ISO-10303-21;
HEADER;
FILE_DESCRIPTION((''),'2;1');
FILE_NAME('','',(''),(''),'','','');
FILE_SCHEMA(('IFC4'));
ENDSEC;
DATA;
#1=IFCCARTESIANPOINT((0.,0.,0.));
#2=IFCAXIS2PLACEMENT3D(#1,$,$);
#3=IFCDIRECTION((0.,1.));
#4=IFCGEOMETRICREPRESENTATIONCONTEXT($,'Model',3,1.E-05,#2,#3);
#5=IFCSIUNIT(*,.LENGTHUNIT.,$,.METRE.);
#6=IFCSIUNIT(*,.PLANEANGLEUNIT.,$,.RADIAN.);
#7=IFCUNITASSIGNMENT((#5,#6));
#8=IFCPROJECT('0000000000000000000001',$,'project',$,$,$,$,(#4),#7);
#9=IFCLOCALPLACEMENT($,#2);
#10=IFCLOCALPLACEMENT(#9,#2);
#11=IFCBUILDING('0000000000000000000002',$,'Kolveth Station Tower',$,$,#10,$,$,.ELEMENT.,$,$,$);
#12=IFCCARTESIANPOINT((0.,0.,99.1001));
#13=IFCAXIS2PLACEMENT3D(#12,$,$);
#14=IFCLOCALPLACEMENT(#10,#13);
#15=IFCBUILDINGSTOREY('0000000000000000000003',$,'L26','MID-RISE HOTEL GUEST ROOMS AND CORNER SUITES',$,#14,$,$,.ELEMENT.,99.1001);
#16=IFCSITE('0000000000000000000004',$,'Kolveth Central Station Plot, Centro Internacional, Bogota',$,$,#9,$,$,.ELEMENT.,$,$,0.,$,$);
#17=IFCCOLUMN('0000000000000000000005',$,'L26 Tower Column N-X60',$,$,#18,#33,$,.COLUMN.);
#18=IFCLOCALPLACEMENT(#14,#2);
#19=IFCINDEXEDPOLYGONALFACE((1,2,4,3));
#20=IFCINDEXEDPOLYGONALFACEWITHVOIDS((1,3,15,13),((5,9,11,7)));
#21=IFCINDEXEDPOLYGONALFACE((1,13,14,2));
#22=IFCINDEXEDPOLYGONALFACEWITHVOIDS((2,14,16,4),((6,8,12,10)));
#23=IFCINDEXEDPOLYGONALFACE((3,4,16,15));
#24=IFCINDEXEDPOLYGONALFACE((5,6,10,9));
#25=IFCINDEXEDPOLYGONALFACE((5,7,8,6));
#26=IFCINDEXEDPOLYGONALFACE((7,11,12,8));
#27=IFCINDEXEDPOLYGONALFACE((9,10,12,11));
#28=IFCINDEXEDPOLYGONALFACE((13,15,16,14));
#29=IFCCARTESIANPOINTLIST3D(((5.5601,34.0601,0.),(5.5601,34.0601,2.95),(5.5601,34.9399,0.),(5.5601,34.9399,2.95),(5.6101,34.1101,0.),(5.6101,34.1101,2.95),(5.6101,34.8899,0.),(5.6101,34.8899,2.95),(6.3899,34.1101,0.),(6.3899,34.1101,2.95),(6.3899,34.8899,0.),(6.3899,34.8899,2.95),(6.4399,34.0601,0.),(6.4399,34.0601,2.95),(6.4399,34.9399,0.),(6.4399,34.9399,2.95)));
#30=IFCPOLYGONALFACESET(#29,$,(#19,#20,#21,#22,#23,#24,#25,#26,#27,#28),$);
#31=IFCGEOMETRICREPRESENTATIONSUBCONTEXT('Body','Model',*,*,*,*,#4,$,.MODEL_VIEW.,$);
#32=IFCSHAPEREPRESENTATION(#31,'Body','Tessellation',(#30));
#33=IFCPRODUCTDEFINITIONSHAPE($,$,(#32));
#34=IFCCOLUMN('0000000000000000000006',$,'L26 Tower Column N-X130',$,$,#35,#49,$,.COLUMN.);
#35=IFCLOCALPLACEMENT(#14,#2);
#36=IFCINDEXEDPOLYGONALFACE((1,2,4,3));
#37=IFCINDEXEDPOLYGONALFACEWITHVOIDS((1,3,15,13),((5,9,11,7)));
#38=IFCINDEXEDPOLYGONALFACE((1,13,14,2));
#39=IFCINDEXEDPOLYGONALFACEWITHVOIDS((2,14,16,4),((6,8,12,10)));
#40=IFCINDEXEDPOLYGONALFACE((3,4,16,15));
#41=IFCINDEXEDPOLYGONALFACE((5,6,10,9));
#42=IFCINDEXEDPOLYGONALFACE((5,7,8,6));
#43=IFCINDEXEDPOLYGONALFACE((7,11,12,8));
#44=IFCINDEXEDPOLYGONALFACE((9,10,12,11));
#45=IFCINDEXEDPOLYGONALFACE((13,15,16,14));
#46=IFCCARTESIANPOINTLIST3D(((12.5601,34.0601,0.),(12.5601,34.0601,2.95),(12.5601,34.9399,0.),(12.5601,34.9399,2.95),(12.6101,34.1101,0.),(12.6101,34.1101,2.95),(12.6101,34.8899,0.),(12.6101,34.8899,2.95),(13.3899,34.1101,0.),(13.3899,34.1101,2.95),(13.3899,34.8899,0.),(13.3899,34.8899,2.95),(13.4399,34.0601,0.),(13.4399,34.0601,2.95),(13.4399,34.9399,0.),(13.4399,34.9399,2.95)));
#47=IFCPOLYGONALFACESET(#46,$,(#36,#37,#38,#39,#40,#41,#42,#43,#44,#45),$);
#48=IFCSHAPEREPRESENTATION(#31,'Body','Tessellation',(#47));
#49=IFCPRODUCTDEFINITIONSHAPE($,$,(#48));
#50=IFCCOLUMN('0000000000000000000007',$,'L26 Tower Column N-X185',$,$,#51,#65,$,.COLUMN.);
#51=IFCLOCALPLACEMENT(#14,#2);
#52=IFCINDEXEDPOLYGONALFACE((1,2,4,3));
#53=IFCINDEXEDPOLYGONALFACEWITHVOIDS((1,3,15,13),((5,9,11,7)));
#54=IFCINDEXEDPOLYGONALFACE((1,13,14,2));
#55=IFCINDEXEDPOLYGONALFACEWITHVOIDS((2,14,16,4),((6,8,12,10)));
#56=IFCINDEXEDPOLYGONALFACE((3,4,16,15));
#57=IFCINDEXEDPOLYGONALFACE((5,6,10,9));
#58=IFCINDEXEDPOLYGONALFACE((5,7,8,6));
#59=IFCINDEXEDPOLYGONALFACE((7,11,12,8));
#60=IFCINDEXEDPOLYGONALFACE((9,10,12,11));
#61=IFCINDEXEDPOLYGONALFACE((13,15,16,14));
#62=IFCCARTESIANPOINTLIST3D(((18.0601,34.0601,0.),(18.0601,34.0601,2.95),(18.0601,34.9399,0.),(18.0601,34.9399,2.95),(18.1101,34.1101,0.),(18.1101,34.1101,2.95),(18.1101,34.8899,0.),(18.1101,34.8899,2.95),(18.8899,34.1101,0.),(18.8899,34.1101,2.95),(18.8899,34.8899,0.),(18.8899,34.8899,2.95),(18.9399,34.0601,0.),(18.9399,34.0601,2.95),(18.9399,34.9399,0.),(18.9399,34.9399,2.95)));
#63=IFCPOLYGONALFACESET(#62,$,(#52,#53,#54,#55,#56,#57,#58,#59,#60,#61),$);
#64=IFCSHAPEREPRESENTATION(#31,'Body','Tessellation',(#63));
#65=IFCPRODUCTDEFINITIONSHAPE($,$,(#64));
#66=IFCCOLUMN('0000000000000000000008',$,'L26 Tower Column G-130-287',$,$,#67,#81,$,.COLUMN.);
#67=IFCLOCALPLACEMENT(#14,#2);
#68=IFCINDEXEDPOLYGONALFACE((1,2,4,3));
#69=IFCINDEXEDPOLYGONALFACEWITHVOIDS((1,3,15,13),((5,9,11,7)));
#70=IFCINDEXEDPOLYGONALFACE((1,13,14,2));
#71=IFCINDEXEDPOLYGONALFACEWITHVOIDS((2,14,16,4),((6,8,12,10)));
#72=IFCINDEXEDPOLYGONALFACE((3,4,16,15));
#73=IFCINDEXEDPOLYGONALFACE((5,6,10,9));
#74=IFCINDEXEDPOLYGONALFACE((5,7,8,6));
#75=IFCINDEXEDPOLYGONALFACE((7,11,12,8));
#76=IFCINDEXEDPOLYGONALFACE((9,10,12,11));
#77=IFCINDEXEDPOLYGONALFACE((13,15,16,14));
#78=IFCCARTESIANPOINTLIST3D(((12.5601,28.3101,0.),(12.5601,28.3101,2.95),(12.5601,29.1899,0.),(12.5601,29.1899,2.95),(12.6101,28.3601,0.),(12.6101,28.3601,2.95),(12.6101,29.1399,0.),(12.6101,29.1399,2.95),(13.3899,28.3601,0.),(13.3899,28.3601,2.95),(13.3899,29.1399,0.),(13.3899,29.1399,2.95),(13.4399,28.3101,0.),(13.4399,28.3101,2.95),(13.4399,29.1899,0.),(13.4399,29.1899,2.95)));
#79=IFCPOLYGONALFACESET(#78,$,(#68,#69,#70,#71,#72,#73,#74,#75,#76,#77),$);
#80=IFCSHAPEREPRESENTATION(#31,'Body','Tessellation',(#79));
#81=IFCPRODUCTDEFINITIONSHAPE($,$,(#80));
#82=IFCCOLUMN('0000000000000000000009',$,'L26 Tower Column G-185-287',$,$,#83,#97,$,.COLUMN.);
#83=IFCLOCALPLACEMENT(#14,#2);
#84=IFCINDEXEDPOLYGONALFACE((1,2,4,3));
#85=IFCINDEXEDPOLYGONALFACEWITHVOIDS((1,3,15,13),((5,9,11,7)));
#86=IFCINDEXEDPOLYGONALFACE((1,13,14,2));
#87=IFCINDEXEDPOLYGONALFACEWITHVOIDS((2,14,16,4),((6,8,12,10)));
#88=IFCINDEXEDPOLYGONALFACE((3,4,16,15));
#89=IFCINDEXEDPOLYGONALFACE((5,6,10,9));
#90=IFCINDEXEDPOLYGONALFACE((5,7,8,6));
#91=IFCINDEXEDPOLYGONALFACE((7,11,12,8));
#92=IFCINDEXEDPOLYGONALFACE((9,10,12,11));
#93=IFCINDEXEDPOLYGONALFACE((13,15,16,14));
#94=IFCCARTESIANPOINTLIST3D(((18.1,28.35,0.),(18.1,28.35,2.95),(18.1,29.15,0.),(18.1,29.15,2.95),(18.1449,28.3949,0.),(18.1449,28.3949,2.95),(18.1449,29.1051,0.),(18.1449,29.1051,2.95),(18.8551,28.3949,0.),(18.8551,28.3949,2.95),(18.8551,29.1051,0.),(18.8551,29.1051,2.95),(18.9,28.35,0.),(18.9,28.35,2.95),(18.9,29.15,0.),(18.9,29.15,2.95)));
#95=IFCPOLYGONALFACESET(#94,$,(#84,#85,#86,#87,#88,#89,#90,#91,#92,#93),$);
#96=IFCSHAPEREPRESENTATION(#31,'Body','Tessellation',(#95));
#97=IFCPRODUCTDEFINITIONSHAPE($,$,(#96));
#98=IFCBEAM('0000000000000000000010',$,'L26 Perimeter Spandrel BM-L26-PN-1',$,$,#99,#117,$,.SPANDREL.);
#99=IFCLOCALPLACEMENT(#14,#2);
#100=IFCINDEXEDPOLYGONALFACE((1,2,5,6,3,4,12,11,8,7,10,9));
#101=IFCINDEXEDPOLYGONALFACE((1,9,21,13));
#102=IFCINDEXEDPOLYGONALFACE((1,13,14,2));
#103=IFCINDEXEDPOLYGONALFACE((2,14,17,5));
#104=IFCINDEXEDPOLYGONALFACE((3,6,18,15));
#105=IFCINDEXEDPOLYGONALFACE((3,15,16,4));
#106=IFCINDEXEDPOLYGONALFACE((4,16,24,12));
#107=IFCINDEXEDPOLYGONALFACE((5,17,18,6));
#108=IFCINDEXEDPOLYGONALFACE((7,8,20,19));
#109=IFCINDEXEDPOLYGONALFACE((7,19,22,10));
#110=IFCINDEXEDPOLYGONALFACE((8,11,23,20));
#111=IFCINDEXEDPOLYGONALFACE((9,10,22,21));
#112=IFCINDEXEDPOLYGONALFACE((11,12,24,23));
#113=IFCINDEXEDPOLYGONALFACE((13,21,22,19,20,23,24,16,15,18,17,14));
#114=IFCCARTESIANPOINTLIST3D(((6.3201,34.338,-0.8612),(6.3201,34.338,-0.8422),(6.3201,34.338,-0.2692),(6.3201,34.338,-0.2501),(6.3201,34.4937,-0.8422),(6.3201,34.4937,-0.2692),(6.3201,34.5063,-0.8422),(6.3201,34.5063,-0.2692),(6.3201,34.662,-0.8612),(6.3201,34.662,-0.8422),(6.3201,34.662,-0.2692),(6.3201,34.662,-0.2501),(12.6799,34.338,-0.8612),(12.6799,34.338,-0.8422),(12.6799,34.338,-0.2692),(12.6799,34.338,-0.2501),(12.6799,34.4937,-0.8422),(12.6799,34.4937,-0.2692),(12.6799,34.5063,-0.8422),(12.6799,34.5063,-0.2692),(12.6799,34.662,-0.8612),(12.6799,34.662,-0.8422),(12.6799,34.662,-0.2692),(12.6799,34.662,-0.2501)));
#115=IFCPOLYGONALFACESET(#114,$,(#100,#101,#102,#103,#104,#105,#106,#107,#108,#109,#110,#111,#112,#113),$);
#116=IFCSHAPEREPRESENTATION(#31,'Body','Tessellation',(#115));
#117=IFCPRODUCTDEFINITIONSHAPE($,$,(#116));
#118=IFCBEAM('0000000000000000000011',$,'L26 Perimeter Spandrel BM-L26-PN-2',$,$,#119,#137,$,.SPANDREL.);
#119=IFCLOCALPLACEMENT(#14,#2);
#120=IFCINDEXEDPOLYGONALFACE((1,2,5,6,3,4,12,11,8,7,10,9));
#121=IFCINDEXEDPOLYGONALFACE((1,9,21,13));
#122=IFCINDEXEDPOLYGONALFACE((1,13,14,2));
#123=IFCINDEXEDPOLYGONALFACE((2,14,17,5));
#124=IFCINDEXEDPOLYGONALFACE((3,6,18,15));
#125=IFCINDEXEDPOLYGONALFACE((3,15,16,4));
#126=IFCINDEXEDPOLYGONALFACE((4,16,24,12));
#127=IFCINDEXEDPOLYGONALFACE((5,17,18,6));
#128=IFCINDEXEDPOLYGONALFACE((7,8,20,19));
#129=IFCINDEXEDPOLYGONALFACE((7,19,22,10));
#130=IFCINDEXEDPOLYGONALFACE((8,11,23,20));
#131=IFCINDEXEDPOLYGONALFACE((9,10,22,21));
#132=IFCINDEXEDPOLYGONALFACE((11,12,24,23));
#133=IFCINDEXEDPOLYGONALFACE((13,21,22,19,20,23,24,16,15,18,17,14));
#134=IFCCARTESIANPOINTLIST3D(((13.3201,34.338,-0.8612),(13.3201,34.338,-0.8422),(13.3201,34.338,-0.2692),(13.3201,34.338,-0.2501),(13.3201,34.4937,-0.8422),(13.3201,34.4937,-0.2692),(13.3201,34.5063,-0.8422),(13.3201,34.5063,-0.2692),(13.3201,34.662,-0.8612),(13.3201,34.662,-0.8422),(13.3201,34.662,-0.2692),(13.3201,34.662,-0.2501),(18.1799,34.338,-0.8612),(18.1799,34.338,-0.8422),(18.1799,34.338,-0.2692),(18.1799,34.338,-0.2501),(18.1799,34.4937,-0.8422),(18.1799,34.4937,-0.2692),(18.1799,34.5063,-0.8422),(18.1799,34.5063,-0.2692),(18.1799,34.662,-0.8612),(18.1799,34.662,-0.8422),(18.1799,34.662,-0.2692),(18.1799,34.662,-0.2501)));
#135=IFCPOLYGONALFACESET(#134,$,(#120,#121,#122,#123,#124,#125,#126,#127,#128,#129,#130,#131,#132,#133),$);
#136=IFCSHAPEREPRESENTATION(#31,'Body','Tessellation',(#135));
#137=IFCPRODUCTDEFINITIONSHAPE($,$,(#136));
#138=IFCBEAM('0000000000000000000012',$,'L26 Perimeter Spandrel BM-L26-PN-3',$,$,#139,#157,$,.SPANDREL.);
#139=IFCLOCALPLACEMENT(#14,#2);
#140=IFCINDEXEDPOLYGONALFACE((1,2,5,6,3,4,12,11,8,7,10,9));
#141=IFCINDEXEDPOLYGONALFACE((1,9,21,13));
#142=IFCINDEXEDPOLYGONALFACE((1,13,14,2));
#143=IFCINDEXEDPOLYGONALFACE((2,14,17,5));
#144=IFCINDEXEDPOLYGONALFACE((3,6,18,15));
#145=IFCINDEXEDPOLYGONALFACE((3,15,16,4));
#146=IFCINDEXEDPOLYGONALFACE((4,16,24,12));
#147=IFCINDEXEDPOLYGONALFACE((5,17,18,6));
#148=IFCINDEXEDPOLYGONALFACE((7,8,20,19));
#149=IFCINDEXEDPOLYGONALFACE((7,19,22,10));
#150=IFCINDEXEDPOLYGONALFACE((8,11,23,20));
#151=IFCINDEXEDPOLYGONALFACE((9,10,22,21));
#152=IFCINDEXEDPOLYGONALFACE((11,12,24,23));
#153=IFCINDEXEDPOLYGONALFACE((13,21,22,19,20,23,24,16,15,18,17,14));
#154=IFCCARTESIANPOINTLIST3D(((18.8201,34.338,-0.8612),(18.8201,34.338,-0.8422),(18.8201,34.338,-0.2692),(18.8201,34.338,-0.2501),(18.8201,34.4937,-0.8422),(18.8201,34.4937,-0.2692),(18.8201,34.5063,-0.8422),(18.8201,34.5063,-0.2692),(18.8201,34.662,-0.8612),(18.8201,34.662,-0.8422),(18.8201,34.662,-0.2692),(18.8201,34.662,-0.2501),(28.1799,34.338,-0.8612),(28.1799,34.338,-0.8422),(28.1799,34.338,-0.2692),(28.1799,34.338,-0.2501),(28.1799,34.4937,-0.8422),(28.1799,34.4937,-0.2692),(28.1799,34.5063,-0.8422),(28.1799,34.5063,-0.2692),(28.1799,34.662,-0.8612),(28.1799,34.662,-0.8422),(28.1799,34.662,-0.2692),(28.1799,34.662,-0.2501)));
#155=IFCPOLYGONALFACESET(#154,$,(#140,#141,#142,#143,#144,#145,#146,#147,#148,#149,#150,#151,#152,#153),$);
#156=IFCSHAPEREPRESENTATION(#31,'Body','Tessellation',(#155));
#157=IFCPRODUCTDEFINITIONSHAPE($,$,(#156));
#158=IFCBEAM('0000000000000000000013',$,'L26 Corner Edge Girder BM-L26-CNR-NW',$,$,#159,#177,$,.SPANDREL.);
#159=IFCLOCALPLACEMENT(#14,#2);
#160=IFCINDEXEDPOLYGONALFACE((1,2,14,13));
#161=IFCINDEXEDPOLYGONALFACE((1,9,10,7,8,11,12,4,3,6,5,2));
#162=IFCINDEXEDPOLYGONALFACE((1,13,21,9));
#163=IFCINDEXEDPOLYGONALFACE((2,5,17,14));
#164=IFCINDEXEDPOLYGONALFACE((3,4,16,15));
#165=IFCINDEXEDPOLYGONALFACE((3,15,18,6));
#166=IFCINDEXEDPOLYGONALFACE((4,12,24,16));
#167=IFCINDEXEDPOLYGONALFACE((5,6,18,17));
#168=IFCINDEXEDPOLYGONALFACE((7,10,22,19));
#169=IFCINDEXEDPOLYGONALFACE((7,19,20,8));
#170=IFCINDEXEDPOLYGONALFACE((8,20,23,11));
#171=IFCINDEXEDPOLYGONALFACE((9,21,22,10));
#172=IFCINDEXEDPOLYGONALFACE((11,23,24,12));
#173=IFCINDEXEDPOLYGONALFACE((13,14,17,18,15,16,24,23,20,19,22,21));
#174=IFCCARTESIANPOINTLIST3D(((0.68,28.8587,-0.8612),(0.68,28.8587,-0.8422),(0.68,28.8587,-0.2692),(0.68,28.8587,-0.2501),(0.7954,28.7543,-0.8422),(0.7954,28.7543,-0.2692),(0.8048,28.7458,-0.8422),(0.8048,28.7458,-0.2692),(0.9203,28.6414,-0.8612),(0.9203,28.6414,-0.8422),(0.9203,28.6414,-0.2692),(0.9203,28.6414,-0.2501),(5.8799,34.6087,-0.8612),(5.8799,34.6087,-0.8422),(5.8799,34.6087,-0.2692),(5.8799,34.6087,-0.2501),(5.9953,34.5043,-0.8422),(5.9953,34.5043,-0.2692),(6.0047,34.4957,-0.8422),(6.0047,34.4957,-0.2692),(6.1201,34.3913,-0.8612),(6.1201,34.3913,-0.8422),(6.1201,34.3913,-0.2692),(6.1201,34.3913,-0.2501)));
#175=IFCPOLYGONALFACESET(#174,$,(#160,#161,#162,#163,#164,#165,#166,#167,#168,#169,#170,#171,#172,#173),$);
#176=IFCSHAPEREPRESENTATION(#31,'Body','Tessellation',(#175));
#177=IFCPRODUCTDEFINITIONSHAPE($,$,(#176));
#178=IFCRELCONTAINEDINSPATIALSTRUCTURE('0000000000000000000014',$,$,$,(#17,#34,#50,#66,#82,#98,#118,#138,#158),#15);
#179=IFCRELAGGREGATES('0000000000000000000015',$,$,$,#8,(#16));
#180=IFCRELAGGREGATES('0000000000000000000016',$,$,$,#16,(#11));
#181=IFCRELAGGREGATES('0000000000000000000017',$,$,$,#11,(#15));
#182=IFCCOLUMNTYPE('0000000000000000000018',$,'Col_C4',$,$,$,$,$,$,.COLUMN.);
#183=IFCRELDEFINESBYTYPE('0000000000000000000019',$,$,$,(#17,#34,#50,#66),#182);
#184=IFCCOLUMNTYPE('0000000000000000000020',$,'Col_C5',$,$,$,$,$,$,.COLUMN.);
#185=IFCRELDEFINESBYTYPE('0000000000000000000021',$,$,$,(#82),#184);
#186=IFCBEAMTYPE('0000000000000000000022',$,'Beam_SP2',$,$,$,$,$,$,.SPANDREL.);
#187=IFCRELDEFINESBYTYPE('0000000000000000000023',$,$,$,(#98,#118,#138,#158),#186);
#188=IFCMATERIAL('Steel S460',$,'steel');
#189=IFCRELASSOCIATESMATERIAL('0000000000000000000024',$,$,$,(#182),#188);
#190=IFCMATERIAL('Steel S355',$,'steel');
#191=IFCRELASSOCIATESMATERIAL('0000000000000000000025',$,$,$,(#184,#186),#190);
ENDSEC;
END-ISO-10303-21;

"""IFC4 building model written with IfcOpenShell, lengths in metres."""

from ifc_helpers import new_model, si_unit, direction, frame, origin, origin_2d, place, context, subcontext, project, spatial, hollow_rectangle, i_section, extrude, source, transform, mapped, material, material_profile, profile_set, type_object, element, save


model = new_model("IFC4")

# Units and contexts
model_context = context("Model", 3, precision=1e-05, world=origin(), true_north=direction((0.0, 1.0)))
body_context = subcontext(model_context, "Body", "Model", "MODEL_VIEW")
ifc_project = project(units=[si_unit("LENGTHUNIT", "METRE"), si_unit("PLANEANGLEUNIT", "RADIAN")], contexts=[model_context])

# Site, building, storey
site_placement = place(None, origin())
site = spatial("IfcSite", under=ifc_project, at=site_placement, Name="Kolveth Central Station Plot, Centro Internacional, Bogota", CompositionType="ELEMENT", RefElevation=0.0)
building_placement = place(site_placement, origin())
building = spatial("IfcBuilding", under=site, at=building_placement, Name="Kolveth Station Tower", CompositionType="ELEMENT")
storey_placement = place(building_placement, frame((0.0, 0.0, 99.1001)))
storey = spatial("IfcBuildingStorey", under=building, at=storey_placement, Name="L26", Description="MID-RISE HOTEL GUEST ROOMS AND CORNER SUITES", CompositionType="ELEMENT", Elevation=99.1001)

# Columns
ifc_material_1 = material(Name="Steel S460", Category="steel")
ifc_material_profile_1 = material_profile(ifc_material_1, hollow_rectangle(XDim=0.8799, YDim=0.8799, WallThickness=0.05, at=origin_2d()), Name="BOX880x880x50")
ifc_profile_set_1 = profile_set([ifc_material_profile_1], Name="Steel S460")
column_type_1 = type_object("IfcColumnType", Name="Col_C4", PredefinedType="COLUMN", material=ifc_profile_set_1)
shared_shape_1 = source(origin(), body_context, "Body", "SweptSolid", [
    extrude(hollow_rectangle(XDim=0.8799, YDim=0.8799, WallThickness=0.05, at=origin_2d()), origin(), (0.0, 0.0, 1.0), 2.95),
])
for number, where, z_axis, x_axis, name in (
    (1, (6.0, 34.5, 0.0), (0.0, 0.0, 1.0), (1.0, 0.0, 0.0), "L26 Tower Column N-X60"),
    (2, (13.0, 34.5, 0.0), (0.0, 0.0, 1.0), (1.0, 0.0, 0.0), "L26 Tower Column N-X130"),
    (3, (18.5, 34.5, 0.0), (0.0, 0.0, 1.0), (1.0, 0.0, 0.0), "L26 Tower Column N-X185"),
    (4, (13.0, 28.75, 0.0), (0.0, 0.0, 1.0), (1.0, 0.0, 0.0), "L26 Tower Column G-130-287"),
):
    element("IfcColumn", number, at=place(storey_placement, frame(where, z_axis=z_axis, x_axis=x_axis)), inside=storey, type_object=column_type_1, Name=name, PredefinedType="COLUMN", context=body_context, shape_type="MappedRepresentation", body=[
        mapped(shared_shape_1, transform((0.0, 0.0, 0.0), x_axis=(1.0, 0.0, 0.0), y_axis=(0.0, 1.0, 0.0), z_axis=(0.0, 0.0, 1.0), scale=1.0)),
    ])
ifc_material_2 = material(Name="Steel S355", Category="steel")
ifc_material_profile_2 = material_profile(ifc_material_2, hollow_rectangle(XDim=0.8, YDim=0.8, WallThickness=0.0449, at=origin_2d()), Name="BOX800x800x45")
ifc_profile_set_2 = profile_set([ifc_material_profile_2], Name="Steel S355")
column_type_2 = type_object("IfcColumnType", Name="Col_C5", PredefinedType="COLUMN", material=ifc_profile_set_2)
shared_shape_2 = source(origin(), body_context, "Body", "SweptSolid", [
    extrude(hollow_rectangle(XDim=0.8, YDim=0.8, WallThickness=0.0449, at=origin_2d()), origin(), (0.0, 0.0, 1.0), 2.95),
])
column_placement = place(storey_placement, frame((18.5, 28.75, 0.0), z_axis=(0.0, 0.0, 1.0), x_axis=(1.0, 0.0, 0.0)))
element("IfcColumn", 5, at=column_placement, inside=storey, type_object=column_type_2, Name="L26 Tower Column G-185-287", PredefinedType="COLUMN", context=body_context, shape_type="MappedRepresentation", body=[
    mapped(shared_shape_2, transform((0.0, 0.0, 0.0), x_axis=(1.0, 0.0, 0.0), y_axis=(0.0, 1.0, 0.0), z_axis=(0.0, 0.0, 1.0), scale=1.0)),
])

# Beams
ifc_material_profile_3 = material_profile(ifc_material_2, i_section(OverallWidth=0.324, OverallDepth=0.6111, WebThickness=0.0127, FlangeThickness=0.019, at=origin_2d()), Name="W610x155")
ifc_profile_set_3 = profile_set([ifc_material_profile_3], Name="Steel S355")
beam_type_1 = type_object("IfcBeamType", Name="Beam_SP2", PredefinedType="SPANDREL", material=ifc_profile_set_3)
shared_shape_3 = source(origin(), body_context, "Body", "SweptSolid", [
    extrude(i_section(OverallWidth=0.324, OverallDepth=0.6111, WebThickness=0.0127, FlangeThickness=0.019, at=origin_2d()), origin(), (0.0, 0.0, 1.0), 6.3599),
])
beam_1_placement = place(storey_placement, frame((6.3201, 34.5, -0.5557), z_axis=(1.0, 0.0, 0.0), x_axis=(0.0, 1.0, 0.0)))
element("IfcBeam", 6, at=beam_1_placement, inside=storey, type_object=beam_type_1, Name="L26 Perimeter Spandrel BM-L26-PN-1", PredefinedType="SPANDREL", context=body_context, shape_type="MappedRepresentation", body=[
    mapped(shared_shape_3, transform((0.0, 0.0, 0.0), x_axis=(1.0, 0.0, 0.0), y_axis=(0.0, 1.0, 0.0), z_axis=(0.0, 0.0, 1.0), scale=1.0)),
])
shared_shape_4 = source(origin(), body_context, "Body", "SweptSolid", [
    extrude(i_section(OverallWidth=0.324, OverallDepth=0.6111, WebThickness=0.0127, FlangeThickness=0.019, at=origin_2d()), origin(), (0.0, 0.0, 1.0), 4.8599),
])
beam_2_placement = place(storey_placement, frame((13.3201, 34.5, -0.5557), z_axis=(1.0, 0.0, 0.0), x_axis=(0.0, 1.0, 0.0)))
element("IfcBeam", 7, at=beam_2_placement, inside=storey, type_object=beam_type_1, Name="L26 Perimeter Spandrel BM-L26-PN-2", PredefinedType="SPANDREL", context=body_context, shape_type="MappedRepresentation", body=[
    mapped(shared_shape_4, transform((0.0, 0.0, 0.0), x_axis=(1.0, 0.0, 0.0), y_axis=(0.0, 1.0, 0.0), z_axis=(0.0, 0.0, 1.0), scale=1.0)),
])
shared_shape_5 = source(origin(), body_context, "Body", "SweptSolid", [
    extrude(i_section(OverallWidth=0.324, OverallDepth=0.6111, WebThickness=0.0127, FlangeThickness=0.019, at=origin_2d()), origin(), (0.0, 0.0, 1.0), 9.3599),
])
beam_3_placement = place(storey_placement, frame((18.8201, 34.5, -0.5557), z_axis=(1.0, 0.0, 0.0), x_axis=(0.0, 1.0, 0.0)))
element("IfcBeam", 8, at=beam_3_placement, inside=storey, type_object=beam_type_1, Name="L26 Perimeter Spandrel BM-L26-PN-3", PredefinedType="SPANDREL", context=body_context, shape_type="MappedRepresentation", body=[
    mapped(shared_shape_5, transform((0.0, 0.0, 0.0), x_axis=(1.0, 0.0, 0.0), y_axis=(0.0, 1.0, 0.0), z_axis=(0.0, 0.0, 1.0), scale=1.0)),
])
shared_shape_6 = source(origin(), body_context, "Body", "SweptSolid", [
    extrude(i_section(OverallWidth=0.324, OverallDepth=0.6111, WebThickness=0.0127, FlangeThickness=0.019, at=origin_2d()), origin(), (0.0, 0.0, 1.0), 7.7524),
])
beam_4_placement = place(storey_placement, frame((6.0, 34.5, -0.5557), z_axis=(-0.670741, -0.741692, 0.0), x_axis=(0.741692, -0.670741, 0.0)))
element("IfcBeam", 9, at=beam_4_placement, inside=storey, type_object=beam_type_1, Name="L26 Corner Edge Girder BM-L26-CNR-NW", PredefinedType="SPANDREL", context=body_context, shape_type="MappedRepresentation", body=[
    mapped(shared_shape_6, transform((0.0, 0.0, 0.0), x_axis=(1.0, 0.0, 0.0), y_axis=(0.0, 1.0, 0.0), z_axis=(0.0, 0.0, 1.0), scale=1.0)),
])

save(model, "model.ifc")
